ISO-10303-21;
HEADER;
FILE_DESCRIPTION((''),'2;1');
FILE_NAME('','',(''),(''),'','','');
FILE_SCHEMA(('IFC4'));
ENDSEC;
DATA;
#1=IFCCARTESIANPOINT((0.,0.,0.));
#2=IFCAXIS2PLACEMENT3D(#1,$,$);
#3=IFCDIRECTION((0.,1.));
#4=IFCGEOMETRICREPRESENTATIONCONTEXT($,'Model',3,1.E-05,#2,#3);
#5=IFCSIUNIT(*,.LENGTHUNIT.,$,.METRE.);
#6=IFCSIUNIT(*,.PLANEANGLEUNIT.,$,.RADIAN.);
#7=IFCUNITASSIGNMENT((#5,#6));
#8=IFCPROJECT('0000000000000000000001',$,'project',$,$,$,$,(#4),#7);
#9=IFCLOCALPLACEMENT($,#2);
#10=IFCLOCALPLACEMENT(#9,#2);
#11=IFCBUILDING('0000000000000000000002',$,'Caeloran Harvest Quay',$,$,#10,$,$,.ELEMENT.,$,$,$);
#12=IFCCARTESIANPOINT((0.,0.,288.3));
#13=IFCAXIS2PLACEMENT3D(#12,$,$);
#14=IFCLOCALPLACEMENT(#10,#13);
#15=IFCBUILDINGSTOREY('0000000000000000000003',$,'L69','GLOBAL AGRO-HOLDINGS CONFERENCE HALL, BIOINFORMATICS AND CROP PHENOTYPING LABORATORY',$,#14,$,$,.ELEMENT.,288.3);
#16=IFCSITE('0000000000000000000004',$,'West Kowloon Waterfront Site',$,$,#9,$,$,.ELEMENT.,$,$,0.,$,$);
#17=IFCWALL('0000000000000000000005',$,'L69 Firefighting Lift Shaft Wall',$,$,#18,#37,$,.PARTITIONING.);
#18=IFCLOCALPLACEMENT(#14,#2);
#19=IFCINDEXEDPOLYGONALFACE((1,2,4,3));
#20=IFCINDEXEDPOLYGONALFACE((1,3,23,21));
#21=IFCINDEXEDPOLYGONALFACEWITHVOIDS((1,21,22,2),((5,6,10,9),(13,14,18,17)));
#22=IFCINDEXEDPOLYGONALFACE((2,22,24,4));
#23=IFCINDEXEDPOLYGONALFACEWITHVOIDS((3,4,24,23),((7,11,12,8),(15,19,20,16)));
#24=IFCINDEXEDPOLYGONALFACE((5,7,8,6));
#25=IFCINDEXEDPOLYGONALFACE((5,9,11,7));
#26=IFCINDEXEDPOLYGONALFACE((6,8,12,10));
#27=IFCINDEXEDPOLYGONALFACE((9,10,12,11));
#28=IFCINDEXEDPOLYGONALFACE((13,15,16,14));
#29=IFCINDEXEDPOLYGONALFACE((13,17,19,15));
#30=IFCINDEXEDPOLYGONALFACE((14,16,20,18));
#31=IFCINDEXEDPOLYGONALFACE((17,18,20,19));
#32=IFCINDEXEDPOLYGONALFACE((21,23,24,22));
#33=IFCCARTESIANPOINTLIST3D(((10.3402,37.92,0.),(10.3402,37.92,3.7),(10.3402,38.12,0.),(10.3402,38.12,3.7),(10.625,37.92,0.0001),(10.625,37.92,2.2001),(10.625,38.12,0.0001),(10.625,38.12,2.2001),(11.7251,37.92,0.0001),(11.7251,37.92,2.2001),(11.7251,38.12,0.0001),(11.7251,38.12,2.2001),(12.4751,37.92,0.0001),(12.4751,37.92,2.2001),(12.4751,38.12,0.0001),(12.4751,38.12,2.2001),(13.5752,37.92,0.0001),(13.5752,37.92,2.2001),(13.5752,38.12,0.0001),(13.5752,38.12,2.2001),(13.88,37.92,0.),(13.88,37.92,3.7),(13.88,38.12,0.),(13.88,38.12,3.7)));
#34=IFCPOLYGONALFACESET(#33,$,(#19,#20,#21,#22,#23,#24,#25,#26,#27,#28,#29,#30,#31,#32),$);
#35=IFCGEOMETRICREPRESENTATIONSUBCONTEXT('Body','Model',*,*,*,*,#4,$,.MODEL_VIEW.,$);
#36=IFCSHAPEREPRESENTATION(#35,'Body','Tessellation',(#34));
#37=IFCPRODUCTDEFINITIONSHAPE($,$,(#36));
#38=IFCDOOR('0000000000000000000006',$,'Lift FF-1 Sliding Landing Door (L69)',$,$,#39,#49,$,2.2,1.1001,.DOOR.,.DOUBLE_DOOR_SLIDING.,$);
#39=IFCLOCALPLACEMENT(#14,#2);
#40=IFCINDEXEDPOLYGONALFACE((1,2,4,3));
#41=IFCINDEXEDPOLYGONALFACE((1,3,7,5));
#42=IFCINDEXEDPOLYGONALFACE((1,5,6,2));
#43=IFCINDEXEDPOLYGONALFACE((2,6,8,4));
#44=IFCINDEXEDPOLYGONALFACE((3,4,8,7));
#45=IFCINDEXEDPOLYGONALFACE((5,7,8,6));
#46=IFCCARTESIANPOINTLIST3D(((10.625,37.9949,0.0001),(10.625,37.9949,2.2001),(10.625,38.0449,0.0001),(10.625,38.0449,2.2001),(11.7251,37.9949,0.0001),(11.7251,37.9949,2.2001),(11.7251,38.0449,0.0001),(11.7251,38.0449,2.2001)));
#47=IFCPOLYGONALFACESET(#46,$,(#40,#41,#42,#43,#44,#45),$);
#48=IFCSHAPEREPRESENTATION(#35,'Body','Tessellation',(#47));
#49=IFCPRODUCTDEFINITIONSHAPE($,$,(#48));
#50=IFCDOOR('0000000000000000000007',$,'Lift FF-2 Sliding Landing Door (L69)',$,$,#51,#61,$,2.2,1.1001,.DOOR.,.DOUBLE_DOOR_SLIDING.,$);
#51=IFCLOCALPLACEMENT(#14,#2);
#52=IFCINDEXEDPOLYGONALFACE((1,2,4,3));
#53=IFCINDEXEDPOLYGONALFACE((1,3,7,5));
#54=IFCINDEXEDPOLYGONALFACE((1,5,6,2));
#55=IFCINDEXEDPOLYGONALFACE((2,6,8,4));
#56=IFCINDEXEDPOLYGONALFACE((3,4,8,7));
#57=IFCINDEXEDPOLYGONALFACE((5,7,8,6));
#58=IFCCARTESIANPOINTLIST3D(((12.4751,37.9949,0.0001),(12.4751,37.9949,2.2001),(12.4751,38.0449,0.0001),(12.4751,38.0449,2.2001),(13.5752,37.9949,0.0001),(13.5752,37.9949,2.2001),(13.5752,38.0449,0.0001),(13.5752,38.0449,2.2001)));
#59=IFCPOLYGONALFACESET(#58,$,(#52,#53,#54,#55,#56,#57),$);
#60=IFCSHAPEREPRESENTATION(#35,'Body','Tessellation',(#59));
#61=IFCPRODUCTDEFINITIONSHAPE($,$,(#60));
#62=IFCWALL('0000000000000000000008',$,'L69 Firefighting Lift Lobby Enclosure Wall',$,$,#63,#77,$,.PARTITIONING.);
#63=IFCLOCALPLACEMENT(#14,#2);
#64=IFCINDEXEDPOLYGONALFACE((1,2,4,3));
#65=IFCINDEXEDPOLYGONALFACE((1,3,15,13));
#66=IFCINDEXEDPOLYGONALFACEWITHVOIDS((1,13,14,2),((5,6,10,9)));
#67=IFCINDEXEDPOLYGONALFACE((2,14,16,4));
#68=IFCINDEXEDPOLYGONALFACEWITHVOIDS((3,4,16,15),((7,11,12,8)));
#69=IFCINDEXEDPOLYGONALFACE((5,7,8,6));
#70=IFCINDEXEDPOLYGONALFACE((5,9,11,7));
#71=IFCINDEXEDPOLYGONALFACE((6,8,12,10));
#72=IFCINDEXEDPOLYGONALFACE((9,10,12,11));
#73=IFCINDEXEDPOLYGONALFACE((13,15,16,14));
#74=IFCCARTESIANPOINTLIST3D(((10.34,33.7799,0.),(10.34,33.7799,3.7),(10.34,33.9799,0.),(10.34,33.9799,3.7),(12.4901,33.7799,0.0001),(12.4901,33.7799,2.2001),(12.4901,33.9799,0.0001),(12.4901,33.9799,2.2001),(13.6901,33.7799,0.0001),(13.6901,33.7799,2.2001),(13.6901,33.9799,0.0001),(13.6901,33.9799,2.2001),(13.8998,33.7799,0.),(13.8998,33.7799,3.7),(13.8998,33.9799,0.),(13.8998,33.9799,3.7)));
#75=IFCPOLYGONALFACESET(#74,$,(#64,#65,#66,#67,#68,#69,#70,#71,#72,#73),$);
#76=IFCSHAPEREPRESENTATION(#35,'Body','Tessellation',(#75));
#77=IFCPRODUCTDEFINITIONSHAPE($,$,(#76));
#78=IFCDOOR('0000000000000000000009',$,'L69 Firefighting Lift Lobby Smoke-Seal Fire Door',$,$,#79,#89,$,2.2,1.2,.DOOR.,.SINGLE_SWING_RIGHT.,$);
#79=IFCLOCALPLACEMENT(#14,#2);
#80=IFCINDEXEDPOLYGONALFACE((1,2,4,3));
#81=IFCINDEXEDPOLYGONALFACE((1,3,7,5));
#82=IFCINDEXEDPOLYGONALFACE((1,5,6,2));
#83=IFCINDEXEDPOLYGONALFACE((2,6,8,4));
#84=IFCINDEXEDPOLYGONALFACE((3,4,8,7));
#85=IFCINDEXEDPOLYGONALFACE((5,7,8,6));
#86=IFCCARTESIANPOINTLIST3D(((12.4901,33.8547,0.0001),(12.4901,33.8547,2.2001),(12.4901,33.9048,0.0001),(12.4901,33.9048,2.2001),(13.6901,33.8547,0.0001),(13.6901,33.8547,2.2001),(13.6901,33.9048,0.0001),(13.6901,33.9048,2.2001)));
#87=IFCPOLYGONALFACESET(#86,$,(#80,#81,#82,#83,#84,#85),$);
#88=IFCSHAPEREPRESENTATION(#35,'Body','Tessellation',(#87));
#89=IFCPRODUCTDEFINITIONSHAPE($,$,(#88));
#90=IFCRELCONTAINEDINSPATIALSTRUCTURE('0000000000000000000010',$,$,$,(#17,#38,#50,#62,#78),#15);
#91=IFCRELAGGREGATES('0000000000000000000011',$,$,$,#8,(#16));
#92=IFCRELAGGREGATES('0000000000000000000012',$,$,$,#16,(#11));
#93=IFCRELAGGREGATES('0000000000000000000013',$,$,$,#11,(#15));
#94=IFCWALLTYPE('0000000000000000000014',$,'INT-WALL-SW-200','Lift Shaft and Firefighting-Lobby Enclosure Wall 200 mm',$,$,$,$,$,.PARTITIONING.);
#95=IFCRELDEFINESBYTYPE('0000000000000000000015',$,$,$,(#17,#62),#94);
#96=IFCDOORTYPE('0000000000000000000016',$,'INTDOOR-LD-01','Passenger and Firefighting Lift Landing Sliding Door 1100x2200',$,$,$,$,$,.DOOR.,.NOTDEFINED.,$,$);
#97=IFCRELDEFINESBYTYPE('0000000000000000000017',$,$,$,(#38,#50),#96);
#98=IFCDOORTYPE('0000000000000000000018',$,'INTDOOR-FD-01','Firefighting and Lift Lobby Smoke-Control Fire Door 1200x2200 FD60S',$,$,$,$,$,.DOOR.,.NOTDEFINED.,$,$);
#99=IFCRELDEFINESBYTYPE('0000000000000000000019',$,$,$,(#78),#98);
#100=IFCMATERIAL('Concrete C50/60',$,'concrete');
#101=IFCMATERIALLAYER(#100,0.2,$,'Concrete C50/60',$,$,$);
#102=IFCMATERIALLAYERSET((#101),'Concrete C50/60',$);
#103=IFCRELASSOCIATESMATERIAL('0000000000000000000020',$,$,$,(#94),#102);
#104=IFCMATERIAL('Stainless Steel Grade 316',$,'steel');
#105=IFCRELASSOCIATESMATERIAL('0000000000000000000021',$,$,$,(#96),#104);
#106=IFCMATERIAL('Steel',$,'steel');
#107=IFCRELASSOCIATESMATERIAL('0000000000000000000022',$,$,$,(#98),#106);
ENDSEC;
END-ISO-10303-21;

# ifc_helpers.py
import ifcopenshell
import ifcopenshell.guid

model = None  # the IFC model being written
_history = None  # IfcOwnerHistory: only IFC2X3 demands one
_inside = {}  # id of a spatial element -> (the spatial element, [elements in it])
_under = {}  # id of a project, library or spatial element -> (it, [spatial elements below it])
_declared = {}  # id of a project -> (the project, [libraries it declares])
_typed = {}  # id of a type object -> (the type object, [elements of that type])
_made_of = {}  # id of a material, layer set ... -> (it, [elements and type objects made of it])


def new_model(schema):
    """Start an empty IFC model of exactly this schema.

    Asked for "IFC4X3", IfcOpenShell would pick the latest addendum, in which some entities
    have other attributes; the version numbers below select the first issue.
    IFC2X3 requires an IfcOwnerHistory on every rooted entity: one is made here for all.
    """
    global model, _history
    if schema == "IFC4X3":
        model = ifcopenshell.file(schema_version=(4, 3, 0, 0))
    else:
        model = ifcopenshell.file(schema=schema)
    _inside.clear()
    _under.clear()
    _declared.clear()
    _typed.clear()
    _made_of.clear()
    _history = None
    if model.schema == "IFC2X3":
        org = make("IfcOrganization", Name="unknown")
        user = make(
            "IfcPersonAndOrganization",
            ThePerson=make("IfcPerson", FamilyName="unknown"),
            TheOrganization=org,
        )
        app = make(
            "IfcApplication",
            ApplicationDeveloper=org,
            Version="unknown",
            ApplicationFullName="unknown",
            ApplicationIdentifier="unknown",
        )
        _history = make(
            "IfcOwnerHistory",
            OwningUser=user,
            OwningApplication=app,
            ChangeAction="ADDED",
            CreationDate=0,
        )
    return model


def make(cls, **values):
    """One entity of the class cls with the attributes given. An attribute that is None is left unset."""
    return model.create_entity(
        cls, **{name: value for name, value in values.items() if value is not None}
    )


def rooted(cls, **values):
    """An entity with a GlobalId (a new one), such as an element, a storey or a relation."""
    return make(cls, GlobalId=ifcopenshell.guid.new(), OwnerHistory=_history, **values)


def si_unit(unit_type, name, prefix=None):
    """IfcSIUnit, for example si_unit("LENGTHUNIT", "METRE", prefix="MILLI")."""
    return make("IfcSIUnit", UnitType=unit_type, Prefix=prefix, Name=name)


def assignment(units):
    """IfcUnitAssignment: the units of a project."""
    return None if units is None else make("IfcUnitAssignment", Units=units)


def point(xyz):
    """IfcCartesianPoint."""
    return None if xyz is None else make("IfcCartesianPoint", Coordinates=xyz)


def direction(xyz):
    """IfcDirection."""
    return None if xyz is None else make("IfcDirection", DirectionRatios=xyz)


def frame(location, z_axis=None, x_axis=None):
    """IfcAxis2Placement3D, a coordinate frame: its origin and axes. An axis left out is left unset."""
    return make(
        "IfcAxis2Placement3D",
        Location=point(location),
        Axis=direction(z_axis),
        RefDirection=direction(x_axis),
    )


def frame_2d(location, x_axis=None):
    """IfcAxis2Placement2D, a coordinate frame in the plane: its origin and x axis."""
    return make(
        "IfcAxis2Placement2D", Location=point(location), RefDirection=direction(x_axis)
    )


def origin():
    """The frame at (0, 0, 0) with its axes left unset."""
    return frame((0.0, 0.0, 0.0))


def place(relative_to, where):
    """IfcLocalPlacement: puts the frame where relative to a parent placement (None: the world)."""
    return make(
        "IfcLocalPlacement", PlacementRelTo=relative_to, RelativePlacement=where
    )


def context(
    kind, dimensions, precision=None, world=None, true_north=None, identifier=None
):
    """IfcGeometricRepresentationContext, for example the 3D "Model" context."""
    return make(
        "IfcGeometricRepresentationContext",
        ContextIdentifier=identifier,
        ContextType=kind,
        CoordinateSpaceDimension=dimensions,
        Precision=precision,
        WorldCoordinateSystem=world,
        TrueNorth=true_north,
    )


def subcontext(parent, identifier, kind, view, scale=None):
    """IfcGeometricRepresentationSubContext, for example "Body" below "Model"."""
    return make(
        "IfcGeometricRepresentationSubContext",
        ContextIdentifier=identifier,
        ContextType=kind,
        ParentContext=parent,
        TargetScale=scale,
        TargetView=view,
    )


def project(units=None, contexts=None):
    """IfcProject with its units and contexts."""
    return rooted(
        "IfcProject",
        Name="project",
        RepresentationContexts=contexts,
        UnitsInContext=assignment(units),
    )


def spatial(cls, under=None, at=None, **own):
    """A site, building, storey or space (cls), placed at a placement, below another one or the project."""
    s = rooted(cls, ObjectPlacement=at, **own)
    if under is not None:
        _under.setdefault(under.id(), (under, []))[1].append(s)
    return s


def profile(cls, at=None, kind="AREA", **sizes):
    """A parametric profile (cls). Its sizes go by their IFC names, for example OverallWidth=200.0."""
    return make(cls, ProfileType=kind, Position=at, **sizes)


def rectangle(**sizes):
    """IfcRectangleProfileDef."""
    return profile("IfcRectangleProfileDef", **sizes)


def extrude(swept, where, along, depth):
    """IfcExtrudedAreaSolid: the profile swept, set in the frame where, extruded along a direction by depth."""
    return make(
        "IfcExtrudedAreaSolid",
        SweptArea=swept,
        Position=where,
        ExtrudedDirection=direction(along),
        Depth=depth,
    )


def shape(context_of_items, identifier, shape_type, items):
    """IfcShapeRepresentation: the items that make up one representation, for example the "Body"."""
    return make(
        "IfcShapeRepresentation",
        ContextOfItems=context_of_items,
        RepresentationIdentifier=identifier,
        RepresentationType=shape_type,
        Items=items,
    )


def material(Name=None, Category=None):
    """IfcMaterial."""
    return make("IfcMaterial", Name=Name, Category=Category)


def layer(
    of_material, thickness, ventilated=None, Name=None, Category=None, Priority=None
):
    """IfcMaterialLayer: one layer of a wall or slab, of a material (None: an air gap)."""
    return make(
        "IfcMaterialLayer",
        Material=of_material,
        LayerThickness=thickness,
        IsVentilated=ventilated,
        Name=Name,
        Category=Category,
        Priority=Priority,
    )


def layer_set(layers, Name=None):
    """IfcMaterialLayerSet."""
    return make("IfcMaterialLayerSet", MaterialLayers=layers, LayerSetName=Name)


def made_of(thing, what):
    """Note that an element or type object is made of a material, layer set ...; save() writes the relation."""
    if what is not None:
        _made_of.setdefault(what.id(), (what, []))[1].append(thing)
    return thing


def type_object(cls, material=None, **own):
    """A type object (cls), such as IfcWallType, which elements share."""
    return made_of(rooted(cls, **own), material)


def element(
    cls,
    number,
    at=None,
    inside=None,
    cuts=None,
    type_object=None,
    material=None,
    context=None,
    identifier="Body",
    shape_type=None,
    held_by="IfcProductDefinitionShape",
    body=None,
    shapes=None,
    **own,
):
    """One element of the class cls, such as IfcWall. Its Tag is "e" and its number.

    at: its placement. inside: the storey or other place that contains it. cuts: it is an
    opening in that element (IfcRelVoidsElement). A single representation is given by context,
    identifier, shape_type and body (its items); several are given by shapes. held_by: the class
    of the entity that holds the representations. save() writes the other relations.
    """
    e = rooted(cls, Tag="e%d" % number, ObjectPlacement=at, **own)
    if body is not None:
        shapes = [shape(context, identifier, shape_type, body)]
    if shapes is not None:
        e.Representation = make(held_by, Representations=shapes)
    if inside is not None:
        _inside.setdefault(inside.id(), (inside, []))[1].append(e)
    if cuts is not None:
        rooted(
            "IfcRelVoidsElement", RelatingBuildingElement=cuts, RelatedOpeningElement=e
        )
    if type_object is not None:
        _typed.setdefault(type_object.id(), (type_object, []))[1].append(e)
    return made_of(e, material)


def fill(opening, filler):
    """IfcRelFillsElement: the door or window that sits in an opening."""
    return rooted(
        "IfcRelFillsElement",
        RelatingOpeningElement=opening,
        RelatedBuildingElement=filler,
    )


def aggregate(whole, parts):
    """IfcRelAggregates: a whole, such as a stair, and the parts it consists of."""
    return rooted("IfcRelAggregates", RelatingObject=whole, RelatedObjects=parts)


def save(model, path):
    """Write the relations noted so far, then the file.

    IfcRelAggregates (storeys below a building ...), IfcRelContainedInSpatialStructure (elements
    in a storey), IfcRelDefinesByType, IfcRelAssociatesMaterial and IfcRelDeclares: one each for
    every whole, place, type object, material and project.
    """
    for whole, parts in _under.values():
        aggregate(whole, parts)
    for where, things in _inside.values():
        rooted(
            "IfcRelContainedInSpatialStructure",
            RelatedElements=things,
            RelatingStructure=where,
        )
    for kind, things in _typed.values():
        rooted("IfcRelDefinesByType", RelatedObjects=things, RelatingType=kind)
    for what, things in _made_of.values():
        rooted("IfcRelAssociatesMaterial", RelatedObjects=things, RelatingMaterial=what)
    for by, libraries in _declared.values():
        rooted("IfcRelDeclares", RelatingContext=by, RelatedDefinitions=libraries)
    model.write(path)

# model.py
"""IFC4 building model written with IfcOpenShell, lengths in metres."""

from ifc_helpers import new_model, si_unit, direction, frame, frame_2d, origin, place, context, subcontext, project, spatial, rectangle, extrude, material, layer, layer_set, type_object, element, fill, save


model = new_model("IFC4")

# Units and contexts
model_context = context("Model", 3, precision=1e-05, world=origin(), true_north=direction((0.0, 1.0)))
body_context = subcontext(model_context, "Body", "Model", "MODEL_VIEW")
ifc_project = project(units=[si_unit("LENGTHUNIT", "METRE"), si_unit("PLANEANGLEUNIT", "RADIAN")], contexts=[model_context])

# Site, building, storey
site_placement = place(None, origin())
site = spatial("IfcSite", under=ifc_project, at=site_placement, Name="West Kowloon Waterfront Site", CompositionType="ELEMENT", RefElevation=0.0)
building_placement = place(site_placement, origin())
building = spatial("IfcBuilding", under=site, at=building_placement, Name="Caeloran Harvest Quay", CompositionType="ELEMENT")
storey_placement = place(building_placement, frame((0.0, 0.0, 288.3)))
storey = spatial("IfcBuildingStorey", under=building, at=storey_placement, Name="L69", Description="GLOBAL AGRO-HOLDINGS CONFERENCE HALL, BIOINFORMATICS AND CROP PHENOTYPING LABORATORY", CompositionType="ELEMENT", Elevation=288.3)

# Shared definitions
ifc_material_1 = material(Name="Concrete C50/60", Category="concrete")
ifc_layer_1 = layer(ifc_material_1, 0.2, Name="Concrete C50/60")
ifc_layer_set_1 = layer_set([ifc_layer_1], Name="Concrete C50/60")
wall_type_1 = type_object("IfcWallType", Name="INT-WALL-SW-200", Description="Lift Shaft and Firefighting-Lobby Enclosure Wall 200 mm", PredefinedType="PARTITIONING", material=ifc_layer_set_1)
ifc_material_2 = material(Name="Stainless Steel Grade 316", Category="steel")
door_type_1 = type_object("IfcDoorType", Name="INTDOOR-LD-01", Description="Passenger and Firefighting Lift Landing Sliding Door 1100x2200", OperationType="NOTDEFINED", PredefinedType="DOOR", material=ifc_material_2)

# Wall, openings, doors
wall_1_placement = place(storey_placement, frame((10.3401, 38.02, 0.0), z_axis=(0.0, 0.0, 1.0), x_axis=(1.0, 0.0, 0.0)))
wall_1 = element("IfcWall", 1, at=wall_1_placement, inside=storey, type_object=wall_type_1, Name="L69 Firefighting Lift Shaft Wall", PredefinedType="PARTITIONING", context=body_context, shape_type="SweptSolid", body=[
    extrude(rectangle(XDim=3.5398, YDim=0.2, at=frame_2d((1.77, 0.0))), origin(), (0.0, 0.0, 1.0), 3.7),
])
opening_1_placement = place(wall_1_placement, frame((0.2849, 0.0, 0.0)))
opening_1 = element("IfcOpeningElement", 2, at=opening_1_placement, cuts=wall_1, PredefinedType="OPENING", context=body_context, shape_type="SweptSolid", body=[
    extrude(rectangle(XDim=1.1001, YDim=2.2, at=frame_2d((0.55, 1.1001))), frame((0.0, 0.1099, 0.0), z_axis=(0.0, -1.0, 0.0), x_axis=(1.0, 0.0, 0.0)), (0.0, 0.0, 1.0), 0.22),
])
opening_2_placement = place(wall_1_placement, frame((2.135, 0.0, 0.0)))
opening_2 = element("IfcOpeningElement", 3, at=opening_2_placement, cuts=wall_1, PredefinedType="OPENING", context=body_context, shape_type="SweptSolid", body=[
    extrude(rectangle(XDim=1.1001, YDim=2.2, at=frame_2d((0.55, 1.1001))), frame((0.0, 0.1099, 0.0), z_axis=(0.0, -1.0, 0.0), x_axis=(1.0, 0.0, 0.0)), (0.0, 0.0, 1.0), 0.22),
])
door_1_placement = place(opening_1_placement, origin())
door_1 = element("IfcDoor", 4, at=door_1_placement, inside=storey, type_object=door_type_1, Name="Lift FF-1 Sliding Landing Door (L69)", OperationType="DOUBLE_DOOR_SLIDING", OverallHeight=2.2, OverallWidth=1.1001, PredefinedType="DOOR", context=body_context, shape_type="SweptSolid", body=[
    extrude(rectangle(XDim=1.1001, YDim=2.2, at=frame_2d((0.55, 1.1001))), frame((0.0, 0.0249, 0.0), z_axis=(0.0, -1.0, 0.0), x_axis=(1.0, 0.0, 0.0)), (0.0, 0.0, 1.0), 0.05),
])
fill(opening_1, door_1)
door_2_placement = place(opening_2_placement, origin())
door_2 = element("IfcDoor", 5, at=door_2_placement, inside=storey, type_object=door_type_1, Name="Lift FF-2 Sliding Landing Door (L69)", OperationType="DOUBLE_DOOR_SLIDING", OverallHeight=2.2, OverallWidth=1.1001, PredefinedType="DOOR", context=body_context, shape_type="SweptSolid", body=[
    extrude(rectangle(XDim=1.1001, YDim=2.2, at=frame_2d((0.55, 1.1001))), frame((0.0, 0.0249, 0.0), z_axis=(0.0, -1.0, 0.0), x_axis=(1.0, 0.0, 0.0)), (0.0, 0.0, 1.0), 0.05),
])
fill(opening_2, door_2)

# Wall, opening, door
wall_2_placement = place(storey_placement, frame((10.3401, 33.8799, 0.0), z_axis=(0.0, 0.0, 1.0), x_axis=(1.0, 0.0, 0.0)))
wall_2 = element("IfcWall", 6, at=wall_2_placement, inside=storey, type_object=wall_type_1, Name="L69 Firefighting Lift Lobby Enclosure Wall", PredefinedType="PARTITIONING", context=body_context, shape_type="SweptSolid", body=[
    extrude(rectangle(XDim=3.5598, YDim=0.2, at=frame_2d((1.7798, 0.0))), origin(), (0.0, 0.0, 1.0), 3.7),
])
opening_3_placement = place(wall_2_placement, frame((2.1499, 0.0, 0.0)))
opening_3 = element("IfcOpeningElement", 7, at=opening_3_placement, cuts=wall_2, PredefinedType="OPENING", context=body_context, shape_type="SweptSolid", body=[
    extrude(rectangle(XDim=1.2, YDim=2.2, at=frame_2d((0.6001, 1.1001))), frame((0.0, 0.1099, 0.0), z_axis=(0.0, -1.0, 0.0), x_axis=(1.0, 0.0, 0.0)), (0.0, 0.0, 1.0), 0.22),
])
ifc_material_3 = material(Name="Steel", Category="steel")
door_type_2 = type_object("IfcDoorType", Name="INTDOOR-FD-01", Description="Firefighting and Lift Lobby Smoke-Control Fire Door 1200x2200 FD60S", OperationType="NOTDEFINED", PredefinedType="DOOR", material=ifc_material_3)
door_3_placement = place(opening_3_placement, origin())
door_3 = element("IfcDoor", 8, at=door_3_placement, inside=storey, type_object=door_type_2, Name="L69 Firefighting Lift Lobby Smoke-Seal Fire Door", OperationType="SINGLE_SWING_RIGHT", OverallHeight=2.2, OverallWidth=1.2, PredefinedType="DOOR", context=body_context, shape_type="SweptSolid", body=[
    extrude(rectangle(XDim=1.2, YDim=2.2, at=frame_2d((0.6001, 1.1001))), frame((0.0, 0.0249, 0.0), z_axis=(0.0, -1.0, 0.0), x_axis=(1.0, 0.0, 0.0)), (0.0, 0.0, 1.0), 0.05),
])
fill(opening_3, door_3)

save(model, "model.ifc")
